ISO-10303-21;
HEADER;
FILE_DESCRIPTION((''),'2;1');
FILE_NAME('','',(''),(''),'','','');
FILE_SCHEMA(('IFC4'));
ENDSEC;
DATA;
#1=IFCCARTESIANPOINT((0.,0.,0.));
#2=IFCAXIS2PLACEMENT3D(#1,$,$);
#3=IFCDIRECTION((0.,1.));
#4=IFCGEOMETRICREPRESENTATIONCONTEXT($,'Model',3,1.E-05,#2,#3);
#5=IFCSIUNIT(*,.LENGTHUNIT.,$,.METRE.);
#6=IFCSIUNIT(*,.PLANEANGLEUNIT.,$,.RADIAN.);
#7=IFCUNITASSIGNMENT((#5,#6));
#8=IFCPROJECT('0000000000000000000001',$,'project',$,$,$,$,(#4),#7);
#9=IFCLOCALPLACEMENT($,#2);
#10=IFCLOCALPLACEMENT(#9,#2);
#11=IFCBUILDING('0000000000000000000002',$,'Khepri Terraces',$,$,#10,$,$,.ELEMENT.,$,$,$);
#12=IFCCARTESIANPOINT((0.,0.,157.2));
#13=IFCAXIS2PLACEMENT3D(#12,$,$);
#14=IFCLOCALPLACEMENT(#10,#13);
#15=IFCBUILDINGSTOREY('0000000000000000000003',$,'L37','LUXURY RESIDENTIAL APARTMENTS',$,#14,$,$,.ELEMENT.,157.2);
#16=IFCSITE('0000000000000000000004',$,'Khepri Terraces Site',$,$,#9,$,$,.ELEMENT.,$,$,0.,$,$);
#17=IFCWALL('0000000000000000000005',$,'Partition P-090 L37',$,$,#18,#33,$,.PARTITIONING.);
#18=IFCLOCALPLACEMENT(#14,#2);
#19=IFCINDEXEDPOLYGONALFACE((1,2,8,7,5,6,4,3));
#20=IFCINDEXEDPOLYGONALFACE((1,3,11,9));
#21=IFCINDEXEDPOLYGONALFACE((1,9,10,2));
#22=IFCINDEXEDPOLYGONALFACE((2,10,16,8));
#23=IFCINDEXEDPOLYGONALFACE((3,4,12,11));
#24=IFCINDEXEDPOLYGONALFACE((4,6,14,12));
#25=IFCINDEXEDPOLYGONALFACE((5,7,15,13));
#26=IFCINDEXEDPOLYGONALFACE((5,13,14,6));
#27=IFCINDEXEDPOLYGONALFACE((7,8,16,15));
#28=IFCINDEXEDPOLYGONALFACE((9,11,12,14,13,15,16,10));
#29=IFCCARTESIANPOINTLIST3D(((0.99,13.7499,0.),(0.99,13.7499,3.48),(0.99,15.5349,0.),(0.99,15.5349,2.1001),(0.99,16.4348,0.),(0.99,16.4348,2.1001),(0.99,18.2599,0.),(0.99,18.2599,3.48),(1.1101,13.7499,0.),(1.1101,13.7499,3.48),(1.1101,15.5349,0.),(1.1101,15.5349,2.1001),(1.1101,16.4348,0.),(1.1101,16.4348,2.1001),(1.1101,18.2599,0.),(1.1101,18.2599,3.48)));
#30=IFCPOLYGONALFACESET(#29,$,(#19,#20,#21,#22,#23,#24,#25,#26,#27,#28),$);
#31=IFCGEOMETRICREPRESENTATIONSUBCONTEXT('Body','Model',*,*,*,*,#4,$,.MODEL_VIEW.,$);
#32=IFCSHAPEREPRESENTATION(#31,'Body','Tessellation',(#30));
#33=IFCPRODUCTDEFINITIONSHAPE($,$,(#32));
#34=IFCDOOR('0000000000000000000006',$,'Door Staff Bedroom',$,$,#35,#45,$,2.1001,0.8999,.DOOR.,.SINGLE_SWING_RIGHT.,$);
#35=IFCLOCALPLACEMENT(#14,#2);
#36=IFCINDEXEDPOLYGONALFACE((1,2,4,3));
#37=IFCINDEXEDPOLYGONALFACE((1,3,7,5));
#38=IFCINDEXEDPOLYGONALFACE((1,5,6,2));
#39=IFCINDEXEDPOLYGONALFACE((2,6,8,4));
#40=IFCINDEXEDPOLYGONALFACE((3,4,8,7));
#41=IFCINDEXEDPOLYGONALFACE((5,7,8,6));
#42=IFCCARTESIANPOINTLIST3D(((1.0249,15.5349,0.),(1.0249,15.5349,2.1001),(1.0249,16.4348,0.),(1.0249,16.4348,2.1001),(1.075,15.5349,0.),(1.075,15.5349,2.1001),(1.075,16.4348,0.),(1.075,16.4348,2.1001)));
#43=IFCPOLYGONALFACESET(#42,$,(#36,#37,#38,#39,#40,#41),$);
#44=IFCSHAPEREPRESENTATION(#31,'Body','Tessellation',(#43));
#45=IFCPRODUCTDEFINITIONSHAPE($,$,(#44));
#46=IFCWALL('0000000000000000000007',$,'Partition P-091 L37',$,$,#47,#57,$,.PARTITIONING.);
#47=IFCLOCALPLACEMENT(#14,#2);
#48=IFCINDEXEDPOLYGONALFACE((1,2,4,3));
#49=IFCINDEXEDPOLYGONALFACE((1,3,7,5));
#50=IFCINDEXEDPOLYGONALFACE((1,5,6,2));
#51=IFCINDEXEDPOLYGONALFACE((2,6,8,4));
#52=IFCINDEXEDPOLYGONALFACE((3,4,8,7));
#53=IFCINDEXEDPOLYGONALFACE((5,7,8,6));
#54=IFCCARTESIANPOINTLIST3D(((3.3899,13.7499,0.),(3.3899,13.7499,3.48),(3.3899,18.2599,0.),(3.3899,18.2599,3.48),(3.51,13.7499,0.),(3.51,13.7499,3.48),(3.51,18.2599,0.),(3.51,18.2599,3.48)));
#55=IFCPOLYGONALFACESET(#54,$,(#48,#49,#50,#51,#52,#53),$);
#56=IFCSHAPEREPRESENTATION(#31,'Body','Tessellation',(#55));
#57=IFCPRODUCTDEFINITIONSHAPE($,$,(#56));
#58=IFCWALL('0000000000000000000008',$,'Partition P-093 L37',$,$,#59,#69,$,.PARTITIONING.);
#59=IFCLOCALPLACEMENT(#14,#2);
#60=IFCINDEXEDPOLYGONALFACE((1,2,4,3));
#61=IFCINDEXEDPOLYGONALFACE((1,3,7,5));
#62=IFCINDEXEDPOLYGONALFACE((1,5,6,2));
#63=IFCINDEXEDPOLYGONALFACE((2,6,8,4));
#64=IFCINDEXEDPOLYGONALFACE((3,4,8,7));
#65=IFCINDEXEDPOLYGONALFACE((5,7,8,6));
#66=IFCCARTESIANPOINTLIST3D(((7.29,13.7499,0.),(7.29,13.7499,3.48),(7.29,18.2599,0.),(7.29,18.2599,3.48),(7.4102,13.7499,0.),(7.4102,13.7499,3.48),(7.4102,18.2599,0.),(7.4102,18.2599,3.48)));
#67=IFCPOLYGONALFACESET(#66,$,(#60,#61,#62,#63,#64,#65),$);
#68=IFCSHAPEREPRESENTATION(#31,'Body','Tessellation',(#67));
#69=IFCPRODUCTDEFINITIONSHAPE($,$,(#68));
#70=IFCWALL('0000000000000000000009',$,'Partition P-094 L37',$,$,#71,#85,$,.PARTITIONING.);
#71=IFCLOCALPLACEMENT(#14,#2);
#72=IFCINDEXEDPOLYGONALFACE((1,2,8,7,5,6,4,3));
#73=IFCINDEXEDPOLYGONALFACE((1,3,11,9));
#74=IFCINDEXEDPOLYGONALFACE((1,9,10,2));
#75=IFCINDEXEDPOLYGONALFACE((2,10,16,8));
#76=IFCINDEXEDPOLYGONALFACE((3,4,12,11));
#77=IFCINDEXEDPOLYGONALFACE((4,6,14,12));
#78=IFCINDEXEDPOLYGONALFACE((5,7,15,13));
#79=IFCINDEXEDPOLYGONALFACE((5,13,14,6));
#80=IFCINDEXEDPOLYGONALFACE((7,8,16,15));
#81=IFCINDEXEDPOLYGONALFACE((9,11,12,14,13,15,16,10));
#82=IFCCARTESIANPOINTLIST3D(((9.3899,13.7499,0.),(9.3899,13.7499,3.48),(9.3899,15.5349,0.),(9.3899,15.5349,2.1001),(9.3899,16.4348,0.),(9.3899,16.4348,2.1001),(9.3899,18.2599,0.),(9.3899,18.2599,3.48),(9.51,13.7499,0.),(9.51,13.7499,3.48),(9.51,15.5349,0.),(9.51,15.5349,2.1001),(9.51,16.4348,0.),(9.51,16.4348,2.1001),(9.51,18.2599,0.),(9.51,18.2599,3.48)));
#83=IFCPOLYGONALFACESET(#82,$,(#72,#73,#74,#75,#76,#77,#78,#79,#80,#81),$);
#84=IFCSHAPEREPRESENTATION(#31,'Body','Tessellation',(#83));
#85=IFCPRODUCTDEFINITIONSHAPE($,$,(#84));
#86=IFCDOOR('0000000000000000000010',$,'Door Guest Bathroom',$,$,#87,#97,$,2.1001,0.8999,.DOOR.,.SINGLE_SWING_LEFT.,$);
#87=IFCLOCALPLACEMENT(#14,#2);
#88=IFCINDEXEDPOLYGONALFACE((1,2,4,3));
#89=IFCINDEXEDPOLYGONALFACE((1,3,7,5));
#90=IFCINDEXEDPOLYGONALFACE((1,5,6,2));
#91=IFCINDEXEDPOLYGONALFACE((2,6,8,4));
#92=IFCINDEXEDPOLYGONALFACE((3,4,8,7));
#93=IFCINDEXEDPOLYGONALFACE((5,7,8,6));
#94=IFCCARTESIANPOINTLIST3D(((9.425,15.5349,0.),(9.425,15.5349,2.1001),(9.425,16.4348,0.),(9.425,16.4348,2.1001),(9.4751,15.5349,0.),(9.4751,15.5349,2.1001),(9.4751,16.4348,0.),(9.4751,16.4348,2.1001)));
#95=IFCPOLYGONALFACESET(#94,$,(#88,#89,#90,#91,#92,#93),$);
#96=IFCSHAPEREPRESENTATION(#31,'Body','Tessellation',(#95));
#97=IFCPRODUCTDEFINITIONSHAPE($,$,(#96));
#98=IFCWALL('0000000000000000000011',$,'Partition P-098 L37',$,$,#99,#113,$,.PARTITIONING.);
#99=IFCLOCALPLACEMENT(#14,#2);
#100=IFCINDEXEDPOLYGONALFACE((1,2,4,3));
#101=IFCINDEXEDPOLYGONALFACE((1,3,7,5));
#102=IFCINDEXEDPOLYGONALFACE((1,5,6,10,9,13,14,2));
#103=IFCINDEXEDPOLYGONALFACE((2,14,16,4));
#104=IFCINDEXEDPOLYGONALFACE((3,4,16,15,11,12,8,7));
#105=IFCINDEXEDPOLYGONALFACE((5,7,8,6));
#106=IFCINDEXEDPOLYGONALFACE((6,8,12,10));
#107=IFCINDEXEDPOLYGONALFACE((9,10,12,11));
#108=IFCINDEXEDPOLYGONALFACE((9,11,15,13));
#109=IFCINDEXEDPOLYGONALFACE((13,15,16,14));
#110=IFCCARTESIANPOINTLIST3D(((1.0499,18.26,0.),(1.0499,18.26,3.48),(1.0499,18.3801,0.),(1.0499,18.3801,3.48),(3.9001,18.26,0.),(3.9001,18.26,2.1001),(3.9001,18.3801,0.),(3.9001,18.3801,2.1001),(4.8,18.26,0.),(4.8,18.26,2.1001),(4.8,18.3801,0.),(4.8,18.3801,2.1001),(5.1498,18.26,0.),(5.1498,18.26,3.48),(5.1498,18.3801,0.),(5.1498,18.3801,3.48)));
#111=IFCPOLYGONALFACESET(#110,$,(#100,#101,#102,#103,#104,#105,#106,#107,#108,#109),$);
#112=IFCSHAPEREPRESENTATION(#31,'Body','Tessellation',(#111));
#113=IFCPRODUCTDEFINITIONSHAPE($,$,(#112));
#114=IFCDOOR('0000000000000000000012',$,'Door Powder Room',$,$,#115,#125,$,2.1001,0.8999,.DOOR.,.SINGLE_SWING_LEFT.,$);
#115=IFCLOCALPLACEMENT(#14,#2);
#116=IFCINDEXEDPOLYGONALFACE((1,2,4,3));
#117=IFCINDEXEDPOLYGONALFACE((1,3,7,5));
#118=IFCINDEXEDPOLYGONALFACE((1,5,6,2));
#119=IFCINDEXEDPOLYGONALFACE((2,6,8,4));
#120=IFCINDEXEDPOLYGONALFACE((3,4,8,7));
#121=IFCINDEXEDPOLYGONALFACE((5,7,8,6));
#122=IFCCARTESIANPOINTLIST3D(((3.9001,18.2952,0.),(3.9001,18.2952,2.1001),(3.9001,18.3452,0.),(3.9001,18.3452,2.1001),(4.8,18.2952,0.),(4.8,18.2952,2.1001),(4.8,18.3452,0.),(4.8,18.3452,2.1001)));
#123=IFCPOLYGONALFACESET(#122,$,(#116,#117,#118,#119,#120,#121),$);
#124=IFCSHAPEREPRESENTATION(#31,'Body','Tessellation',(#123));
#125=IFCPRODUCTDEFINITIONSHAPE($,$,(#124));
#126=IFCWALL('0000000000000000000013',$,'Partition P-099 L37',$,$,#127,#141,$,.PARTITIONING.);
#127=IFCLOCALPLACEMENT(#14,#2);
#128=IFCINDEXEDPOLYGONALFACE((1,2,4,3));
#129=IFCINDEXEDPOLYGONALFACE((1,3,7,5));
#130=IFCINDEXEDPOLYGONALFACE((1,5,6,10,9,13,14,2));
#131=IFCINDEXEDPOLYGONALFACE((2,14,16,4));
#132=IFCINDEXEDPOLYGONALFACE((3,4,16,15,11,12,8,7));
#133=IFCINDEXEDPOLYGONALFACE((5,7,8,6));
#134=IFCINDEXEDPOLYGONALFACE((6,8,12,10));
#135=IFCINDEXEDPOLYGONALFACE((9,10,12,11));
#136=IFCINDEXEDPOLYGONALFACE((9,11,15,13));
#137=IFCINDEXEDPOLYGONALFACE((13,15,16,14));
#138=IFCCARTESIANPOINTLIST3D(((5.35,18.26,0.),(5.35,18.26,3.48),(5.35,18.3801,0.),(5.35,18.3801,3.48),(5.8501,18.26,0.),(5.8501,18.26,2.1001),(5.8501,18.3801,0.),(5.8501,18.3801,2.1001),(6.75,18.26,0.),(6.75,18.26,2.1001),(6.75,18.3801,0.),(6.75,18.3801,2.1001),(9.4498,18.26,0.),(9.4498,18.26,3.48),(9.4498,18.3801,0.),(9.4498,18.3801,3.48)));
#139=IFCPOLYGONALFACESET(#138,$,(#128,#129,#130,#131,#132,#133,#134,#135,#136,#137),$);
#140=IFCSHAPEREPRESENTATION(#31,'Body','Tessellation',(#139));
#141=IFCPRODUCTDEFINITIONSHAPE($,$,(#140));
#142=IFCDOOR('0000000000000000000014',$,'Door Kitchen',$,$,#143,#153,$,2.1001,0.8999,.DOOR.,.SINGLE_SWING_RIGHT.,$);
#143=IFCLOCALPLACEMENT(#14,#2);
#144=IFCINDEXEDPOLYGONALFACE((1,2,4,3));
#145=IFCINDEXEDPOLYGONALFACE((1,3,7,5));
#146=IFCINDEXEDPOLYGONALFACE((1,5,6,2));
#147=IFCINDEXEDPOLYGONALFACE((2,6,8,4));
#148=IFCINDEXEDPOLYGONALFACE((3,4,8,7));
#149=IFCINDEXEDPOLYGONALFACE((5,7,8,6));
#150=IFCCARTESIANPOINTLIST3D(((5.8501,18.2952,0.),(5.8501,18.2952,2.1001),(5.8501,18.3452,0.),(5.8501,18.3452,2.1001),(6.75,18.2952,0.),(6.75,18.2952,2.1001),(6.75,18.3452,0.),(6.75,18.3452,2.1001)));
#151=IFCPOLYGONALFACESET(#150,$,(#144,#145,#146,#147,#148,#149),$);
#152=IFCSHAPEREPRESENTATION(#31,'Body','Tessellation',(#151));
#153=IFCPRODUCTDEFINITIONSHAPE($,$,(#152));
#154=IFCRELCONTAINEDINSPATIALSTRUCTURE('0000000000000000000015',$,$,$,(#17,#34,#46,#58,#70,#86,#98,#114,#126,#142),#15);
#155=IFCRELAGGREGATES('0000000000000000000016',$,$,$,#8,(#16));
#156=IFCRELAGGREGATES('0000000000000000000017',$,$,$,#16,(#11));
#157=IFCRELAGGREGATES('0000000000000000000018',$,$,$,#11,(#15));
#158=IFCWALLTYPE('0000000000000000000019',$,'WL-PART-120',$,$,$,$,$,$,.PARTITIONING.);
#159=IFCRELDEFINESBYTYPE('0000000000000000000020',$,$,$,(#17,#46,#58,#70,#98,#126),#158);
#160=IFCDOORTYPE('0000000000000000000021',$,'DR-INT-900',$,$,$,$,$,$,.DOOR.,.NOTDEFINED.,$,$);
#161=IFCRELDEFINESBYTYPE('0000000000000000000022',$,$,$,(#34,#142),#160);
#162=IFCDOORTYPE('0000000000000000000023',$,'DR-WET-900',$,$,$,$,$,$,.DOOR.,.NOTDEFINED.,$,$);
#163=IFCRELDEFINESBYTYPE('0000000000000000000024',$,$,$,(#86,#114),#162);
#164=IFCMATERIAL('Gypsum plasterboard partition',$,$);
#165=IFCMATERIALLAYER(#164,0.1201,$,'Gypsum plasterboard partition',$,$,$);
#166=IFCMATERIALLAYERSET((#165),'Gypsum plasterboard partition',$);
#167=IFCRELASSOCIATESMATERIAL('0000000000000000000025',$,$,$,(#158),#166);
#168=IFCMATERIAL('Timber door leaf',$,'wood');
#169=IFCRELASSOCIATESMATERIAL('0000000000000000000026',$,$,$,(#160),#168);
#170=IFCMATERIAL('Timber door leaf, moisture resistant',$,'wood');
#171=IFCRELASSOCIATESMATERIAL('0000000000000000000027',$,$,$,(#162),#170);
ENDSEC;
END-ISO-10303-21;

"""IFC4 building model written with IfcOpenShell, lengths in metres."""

from ifc_helpers import new_model, si_unit, direction, frame, frame_2d, origin, place, context, subcontext, project, spatial, rectangle, extrude, material, layer, layer_set, type_object, element, fill, save


model = new_model("IFC4")

# Units and contexts
model_context = context("Model", 3, precision=1e-05, world=origin(), true_north=direction((0.0, 1.0)))
body_context = subcontext(model_context, "Body", "Model", "MODEL_VIEW")
ifc_project = project(units=[si_unit("LENGTHUNIT", "METRE"), si_unit("PLANEANGLEUNIT", "RADIAN")], contexts=[model_context])

# Site, building, storey
site_placement = place(None, origin())
site = spatial("IfcSite", under=ifc_project, at=site_placement, Name="Khepri Terraces Site", CompositionType="ELEMENT", RefElevation=0.0)
building_placement = place(site_placement, origin())
building = spatial("IfcBuilding", under=site, at=building_placement, Name="Khepri Terraces", CompositionType="ELEMENT")
storey_placement = place(building_placement, frame((0.0, 0.0, 157.2)))
storey = spatial("IfcBuildingStorey", under=building, at=storey_placement, Name="L37", Description="LUXURY RESIDENTIAL APARTMENTS", CompositionType="ELEMENT", Elevation=157.2)

# Shared definitions
ifc_material_1 = material(Name="Gypsum plasterboard partition")
ifc_layer_1 = layer(ifc_material_1, 0.1201, Name="Gypsum plasterboard partition")
ifc_layer_set_1 = layer_set([ifc_layer_1], Name="Gypsum plasterboard partition")
wall_type_1 = type_object("IfcWallType", Name="WL-PART-120", PredefinedType="PARTITIONING", material=ifc_layer_set_1)

# Wall, opening, door
wall_1_placement = place(storey_placement, frame((1.05, 13.75, 0.0), z_axis=(0.0, 0.0, 1.0), x_axis=(0.0, 1.0, 0.0)))
wall_1 = element("IfcWall", 1, at=wall_1_placement, inside=storey, type_object=wall_type_1, Name="Partition P-090 L37", PredefinedType="PARTITIONING", context=body_context, shape_type="SweptSolid", body=[
    extrude(rectangle(XDim=4.51, YDim=0.1201, at=frame_2d((2.2549, 0.0))), origin(), (0.0, 0.0, 1.0), 3.48),
])
opening_1_placement = place(wall_1_placement, frame((1.7849, 0.0, 0.0)))
opening_1 = element("IfcOpeningElement", 2, at=opening_1_placement, cuts=wall_1, PredefinedType="OPENING", context=body_context, shape_type="SweptSolid", body=[
    extrude(rectangle(XDim=0.8999, YDim=2.1001, at=frame_2d((0.45, 1.05))), frame((0.0, 0.0701, 0.0), z_axis=(0.0, -1.0, 0.0), x_axis=(1.0, 0.0, 0.0)), (0.0, 0.0, 1.0), 0.1401),
])
ifc_material_2 = material(Name="Timber door leaf", Category="wood")
door_type_1 = type_object("IfcDoorType", Name="DR-INT-900", OperationType="NOTDEFINED", PredefinedType="DOOR", material=ifc_material_2)
door_1_placement = place(opening_1_placement, frame((0.8999, 0.0, 0.0), z_axis=(0.0, 0.0, 1.0), x_axis=(-1.0, 0.0, 0.0)))
door_1 = element("IfcDoor", 3, at=door_1_placement, inside=storey, type_object=door_type_1, Name="Door Staff Bedroom", OperationType="SINGLE_SWING_RIGHT", OverallHeight=2.1001, OverallWidth=0.8999, PredefinedType="DOOR", context=body_context, shape_type="SweptSolid", body=[
    extrude(rectangle(XDim=0.8999, YDim=2.1001, at=frame_2d((0.45, 1.05))), frame((0.0, 0.0249, 0.0), z_axis=(0.0, -1.0, 0.0), x_axis=(1.0, 0.0, 0.0)), (0.0, 0.0, 1.0), 0.05),
])
fill(opening_1, door_1)

# Walls
for number, where, z_axis, x_axis, name in (
    (4, (3.45, 13.75, 0.0), (0.0, 0.0, 1.0), (0.0, 1.0, 0.0), "Partition P-091 L37"),
    (5, (7.3501, 13.75, 0.0), (0.0, 0.0, 1.0), (0.0, 1.0, 0.0), "Partition P-093 L37"),
):
    element("IfcWall", number, at=place(storey_placement, frame(where, z_axis=z_axis, x_axis=x_axis)), inside=storey, type_object=wall_type_1, Name=name, PredefinedType="PARTITIONING", context=body_context, shape_type="SweptSolid", body=[
        extrude(rectangle(XDim=4.51, YDim=0.1201, at=frame_2d((2.2549, 0.0))), origin(), (0.0, 0.0, 1.0), 3.48),
    ])

# Walls, openings, doors
wall_2_placement = place(storey_placement, frame((9.45, 13.75, 0.0), z_axis=(0.0, 0.0, 1.0), x_axis=(0.0, 1.0, 0.0)))
wall_2 = element("IfcWall", 6, at=wall_2_placement, inside=storey, type_object=wall_type_1, Name="Partition P-094 L37", PredefinedType="PARTITIONING", context=body_context, shape_type="SweptSolid", body=[
    extrude(rectangle(XDim=4.51, YDim=0.1201, at=frame_2d((2.2549, 0.0))), origin(), (0.0, 0.0, 1.0), 3.48),
])
opening_2_placement = place(wall_2_placement, frame((1.7849, 0.0, 0.0)))
opening_2 = element("IfcOpeningElement", 7, at=opening_2_placement, cuts=wall_2, PredefinedType="OPENING", context=body_context, shape_type="SweptSolid", body=[
    extrude(rectangle(XDim=0.8999, YDim=2.1001, at=frame_2d((0.45, 1.05))), frame((0.0, 0.0701, 0.0), z_axis=(0.0, -1.0, 0.0), x_axis=(1.0, 0.0, 0.0)), (0.0, 0.0, 1.0), 0.1401),
])
ifc_material_3 = material(Name="Timber door leaf, moisture resistant", Category="wood")
door_type_2 = type_object("IfcDoorType", Name="DR-WET-900", OperationType="NOTDEFINED", PredefinedType="DOOR", material=ifc_material_3)
door_2_placement = place(opening_2_placement, origin())
door_2 = element("IfcDoor", 8, at=door_2_placement, inside=storey, type_object=door_type_2, Name="Door Guest Bathroom", OperationType="SINGLE_SWING_LEFT", OverallHeight=2.1001, OverallWidth=0.8999, PredefinedType="DOOR", context=body_context, shape_type="SweptSolid", body=[
    extrude(rectangle(XDim=0.8999, YDim=2.1001, at=frame_2d((0.45, 1.05))), frame((0.0, 0.0249, 0.0), z_axis=(0.0, -1.0, 0.0), x_axis=(1.0, 0.0, 0.0)), (0.0, 0.0, 1.0), 0.05),
])
fill(opening_2, door_2)
wall_3_placement = place(storey_placement, frame((1.05, 18.3201, 0.0), z_axis=(0.0, 0.0, 1.0), x_axis=(1.0, 0.0, 0.0)))
wall_3 = element("IfcWall", 9, at=wall_3_placement, inside=storey, type_object=wall_type_1, Name="Partition P-098 L37", PredefinedType="PARTITIONING", context=body_context, shape_type="SweptSolid", body=[
    extrude(rectangle(XDim=4.0999, YDim=0.1201, at=frame_2d((2.0498, 0.0))), origin(), (0.0, 0.0, 1.0), 3.48),
])
opening_3_placement = place(wall_3_placement, frame((2.8501, 0.0, 0.0)))
opening_3 = element("IfcOpeningElement", 10, at=opening_3_placement, cuts=wall_3, PredefinedType="OPENING", context=body_context, shape_type="SweptSolid", body=[
    extrude(rectangle(XDim=0.8999, YDim=2.1001, at=frame_2d((0.45, 1.05))), frame((0.0, 0.0701, 0.0), z_axis=(0.0, -1.0, 0.0), x_axis=(1.0, 0.0, 0.0)), (0.0, 0.0, 1.0), 0.1401),
])
door_3_placement = place(opening_3_placement, frame((0.8999, 0.0, 0.0), z_axis=(0.0, 0.0, 1.0), x_axis=(-1.0, 0.0, 0.0)))
door_3 = element("IfcDoor", 11, at=door_3_placement, inside=storey, type_object=door_type_2, Name="Door Powder Room", OperationType="SINGLE_SWING_LEFT", OverallHeight=2.1001, OverallWidth=0.8999, PredefinedType="DOOR", context=body_context, shape_type="SweptSolid", body=[
    extrude(rectangle(XDim=0.8999, YDim=2.1001, at=frame_2d((0.45, 1.05))), frame((0.0, 0.0249, 0.0), z_axis=(0.0, -1.0, 0.0), x_axis=(1.0, 0.0, 0.0)), (0.0, 0.0, 1.0), 0.05),
])
fill(opening_3, door_3)
wall_4_placement = place(storey_placement, frame((5.3501, 18.3201, 0.0), z_axis=(0.0, 0.0, 1.0), x_axis=(1.0, 0.0, 0.0)))
wall_4 = element("IfcWall", 12, at=wall_4_placement, inside=storey, type_object=wall_type_1, Name="Partition P-099 L37", PredefinedType="PARTITIONING", context=body_context, shape_type="SweptSolid", body=[
    extrude(rectangle(XDim=4.0999, YDim=0.1201, at=frame_2d((2.0498, 0.0))), origin(), (0.0, 0.0, 1.0), 3.48),
])
opening_4_placement = place(wall_4_placement, frame((0.5, 0.0, 0.0)))
opening_4 = element("IfcOpeningElement", 13, at=opening_4_placement, cuts=wall_4, PredefinedType="OPENING", context=body_context, shape_type="SweptSolid", body=[
    extrude(rectangle(XDim=0.8999, YDim=2.1001, at=frame_2d((0.45, 1.05))), frame((0.0, 0.0701, 0.0), z_axis=(0.0, -1.0, 0.0), x_axis=(1.0, 0.0, 0.0)), (0.0, 0.0, 1.0), 0.1401),
])
door_4_placement = place(opening_4_placement, frame((0.8999, 0.0, 0.0), z_axis=(0.0, 0.0, 1.0), x_axis=(-1.0, 0.0, 0.0)))
door_4 = element("IfcDoor", 14, at=door_4_placement, inside=storey, type_object=door_type_1, Name="Door Kitchen", OperationType="SINGLE_SWING_RIGHT", OverallHeight=2.1001, OverallWidth=0.8999, PredefinedType="DOOR", context=body_context, shape_type="SweptSolid", body=[
    extrude(rectangle(XDim=0.8999, YDim=2.1001, at=frame_2d((0.45, 1.05))), frame((0.0, 0.0249, 0.0), z_axis=(0.0, -1.0, 0.0), x_axis=(1.0, 0.0, 0.0)), (0.0, 0.0, 1.0), 0.05),
])
fill(opening_4, door_4)

save(model, "model.ifc")
